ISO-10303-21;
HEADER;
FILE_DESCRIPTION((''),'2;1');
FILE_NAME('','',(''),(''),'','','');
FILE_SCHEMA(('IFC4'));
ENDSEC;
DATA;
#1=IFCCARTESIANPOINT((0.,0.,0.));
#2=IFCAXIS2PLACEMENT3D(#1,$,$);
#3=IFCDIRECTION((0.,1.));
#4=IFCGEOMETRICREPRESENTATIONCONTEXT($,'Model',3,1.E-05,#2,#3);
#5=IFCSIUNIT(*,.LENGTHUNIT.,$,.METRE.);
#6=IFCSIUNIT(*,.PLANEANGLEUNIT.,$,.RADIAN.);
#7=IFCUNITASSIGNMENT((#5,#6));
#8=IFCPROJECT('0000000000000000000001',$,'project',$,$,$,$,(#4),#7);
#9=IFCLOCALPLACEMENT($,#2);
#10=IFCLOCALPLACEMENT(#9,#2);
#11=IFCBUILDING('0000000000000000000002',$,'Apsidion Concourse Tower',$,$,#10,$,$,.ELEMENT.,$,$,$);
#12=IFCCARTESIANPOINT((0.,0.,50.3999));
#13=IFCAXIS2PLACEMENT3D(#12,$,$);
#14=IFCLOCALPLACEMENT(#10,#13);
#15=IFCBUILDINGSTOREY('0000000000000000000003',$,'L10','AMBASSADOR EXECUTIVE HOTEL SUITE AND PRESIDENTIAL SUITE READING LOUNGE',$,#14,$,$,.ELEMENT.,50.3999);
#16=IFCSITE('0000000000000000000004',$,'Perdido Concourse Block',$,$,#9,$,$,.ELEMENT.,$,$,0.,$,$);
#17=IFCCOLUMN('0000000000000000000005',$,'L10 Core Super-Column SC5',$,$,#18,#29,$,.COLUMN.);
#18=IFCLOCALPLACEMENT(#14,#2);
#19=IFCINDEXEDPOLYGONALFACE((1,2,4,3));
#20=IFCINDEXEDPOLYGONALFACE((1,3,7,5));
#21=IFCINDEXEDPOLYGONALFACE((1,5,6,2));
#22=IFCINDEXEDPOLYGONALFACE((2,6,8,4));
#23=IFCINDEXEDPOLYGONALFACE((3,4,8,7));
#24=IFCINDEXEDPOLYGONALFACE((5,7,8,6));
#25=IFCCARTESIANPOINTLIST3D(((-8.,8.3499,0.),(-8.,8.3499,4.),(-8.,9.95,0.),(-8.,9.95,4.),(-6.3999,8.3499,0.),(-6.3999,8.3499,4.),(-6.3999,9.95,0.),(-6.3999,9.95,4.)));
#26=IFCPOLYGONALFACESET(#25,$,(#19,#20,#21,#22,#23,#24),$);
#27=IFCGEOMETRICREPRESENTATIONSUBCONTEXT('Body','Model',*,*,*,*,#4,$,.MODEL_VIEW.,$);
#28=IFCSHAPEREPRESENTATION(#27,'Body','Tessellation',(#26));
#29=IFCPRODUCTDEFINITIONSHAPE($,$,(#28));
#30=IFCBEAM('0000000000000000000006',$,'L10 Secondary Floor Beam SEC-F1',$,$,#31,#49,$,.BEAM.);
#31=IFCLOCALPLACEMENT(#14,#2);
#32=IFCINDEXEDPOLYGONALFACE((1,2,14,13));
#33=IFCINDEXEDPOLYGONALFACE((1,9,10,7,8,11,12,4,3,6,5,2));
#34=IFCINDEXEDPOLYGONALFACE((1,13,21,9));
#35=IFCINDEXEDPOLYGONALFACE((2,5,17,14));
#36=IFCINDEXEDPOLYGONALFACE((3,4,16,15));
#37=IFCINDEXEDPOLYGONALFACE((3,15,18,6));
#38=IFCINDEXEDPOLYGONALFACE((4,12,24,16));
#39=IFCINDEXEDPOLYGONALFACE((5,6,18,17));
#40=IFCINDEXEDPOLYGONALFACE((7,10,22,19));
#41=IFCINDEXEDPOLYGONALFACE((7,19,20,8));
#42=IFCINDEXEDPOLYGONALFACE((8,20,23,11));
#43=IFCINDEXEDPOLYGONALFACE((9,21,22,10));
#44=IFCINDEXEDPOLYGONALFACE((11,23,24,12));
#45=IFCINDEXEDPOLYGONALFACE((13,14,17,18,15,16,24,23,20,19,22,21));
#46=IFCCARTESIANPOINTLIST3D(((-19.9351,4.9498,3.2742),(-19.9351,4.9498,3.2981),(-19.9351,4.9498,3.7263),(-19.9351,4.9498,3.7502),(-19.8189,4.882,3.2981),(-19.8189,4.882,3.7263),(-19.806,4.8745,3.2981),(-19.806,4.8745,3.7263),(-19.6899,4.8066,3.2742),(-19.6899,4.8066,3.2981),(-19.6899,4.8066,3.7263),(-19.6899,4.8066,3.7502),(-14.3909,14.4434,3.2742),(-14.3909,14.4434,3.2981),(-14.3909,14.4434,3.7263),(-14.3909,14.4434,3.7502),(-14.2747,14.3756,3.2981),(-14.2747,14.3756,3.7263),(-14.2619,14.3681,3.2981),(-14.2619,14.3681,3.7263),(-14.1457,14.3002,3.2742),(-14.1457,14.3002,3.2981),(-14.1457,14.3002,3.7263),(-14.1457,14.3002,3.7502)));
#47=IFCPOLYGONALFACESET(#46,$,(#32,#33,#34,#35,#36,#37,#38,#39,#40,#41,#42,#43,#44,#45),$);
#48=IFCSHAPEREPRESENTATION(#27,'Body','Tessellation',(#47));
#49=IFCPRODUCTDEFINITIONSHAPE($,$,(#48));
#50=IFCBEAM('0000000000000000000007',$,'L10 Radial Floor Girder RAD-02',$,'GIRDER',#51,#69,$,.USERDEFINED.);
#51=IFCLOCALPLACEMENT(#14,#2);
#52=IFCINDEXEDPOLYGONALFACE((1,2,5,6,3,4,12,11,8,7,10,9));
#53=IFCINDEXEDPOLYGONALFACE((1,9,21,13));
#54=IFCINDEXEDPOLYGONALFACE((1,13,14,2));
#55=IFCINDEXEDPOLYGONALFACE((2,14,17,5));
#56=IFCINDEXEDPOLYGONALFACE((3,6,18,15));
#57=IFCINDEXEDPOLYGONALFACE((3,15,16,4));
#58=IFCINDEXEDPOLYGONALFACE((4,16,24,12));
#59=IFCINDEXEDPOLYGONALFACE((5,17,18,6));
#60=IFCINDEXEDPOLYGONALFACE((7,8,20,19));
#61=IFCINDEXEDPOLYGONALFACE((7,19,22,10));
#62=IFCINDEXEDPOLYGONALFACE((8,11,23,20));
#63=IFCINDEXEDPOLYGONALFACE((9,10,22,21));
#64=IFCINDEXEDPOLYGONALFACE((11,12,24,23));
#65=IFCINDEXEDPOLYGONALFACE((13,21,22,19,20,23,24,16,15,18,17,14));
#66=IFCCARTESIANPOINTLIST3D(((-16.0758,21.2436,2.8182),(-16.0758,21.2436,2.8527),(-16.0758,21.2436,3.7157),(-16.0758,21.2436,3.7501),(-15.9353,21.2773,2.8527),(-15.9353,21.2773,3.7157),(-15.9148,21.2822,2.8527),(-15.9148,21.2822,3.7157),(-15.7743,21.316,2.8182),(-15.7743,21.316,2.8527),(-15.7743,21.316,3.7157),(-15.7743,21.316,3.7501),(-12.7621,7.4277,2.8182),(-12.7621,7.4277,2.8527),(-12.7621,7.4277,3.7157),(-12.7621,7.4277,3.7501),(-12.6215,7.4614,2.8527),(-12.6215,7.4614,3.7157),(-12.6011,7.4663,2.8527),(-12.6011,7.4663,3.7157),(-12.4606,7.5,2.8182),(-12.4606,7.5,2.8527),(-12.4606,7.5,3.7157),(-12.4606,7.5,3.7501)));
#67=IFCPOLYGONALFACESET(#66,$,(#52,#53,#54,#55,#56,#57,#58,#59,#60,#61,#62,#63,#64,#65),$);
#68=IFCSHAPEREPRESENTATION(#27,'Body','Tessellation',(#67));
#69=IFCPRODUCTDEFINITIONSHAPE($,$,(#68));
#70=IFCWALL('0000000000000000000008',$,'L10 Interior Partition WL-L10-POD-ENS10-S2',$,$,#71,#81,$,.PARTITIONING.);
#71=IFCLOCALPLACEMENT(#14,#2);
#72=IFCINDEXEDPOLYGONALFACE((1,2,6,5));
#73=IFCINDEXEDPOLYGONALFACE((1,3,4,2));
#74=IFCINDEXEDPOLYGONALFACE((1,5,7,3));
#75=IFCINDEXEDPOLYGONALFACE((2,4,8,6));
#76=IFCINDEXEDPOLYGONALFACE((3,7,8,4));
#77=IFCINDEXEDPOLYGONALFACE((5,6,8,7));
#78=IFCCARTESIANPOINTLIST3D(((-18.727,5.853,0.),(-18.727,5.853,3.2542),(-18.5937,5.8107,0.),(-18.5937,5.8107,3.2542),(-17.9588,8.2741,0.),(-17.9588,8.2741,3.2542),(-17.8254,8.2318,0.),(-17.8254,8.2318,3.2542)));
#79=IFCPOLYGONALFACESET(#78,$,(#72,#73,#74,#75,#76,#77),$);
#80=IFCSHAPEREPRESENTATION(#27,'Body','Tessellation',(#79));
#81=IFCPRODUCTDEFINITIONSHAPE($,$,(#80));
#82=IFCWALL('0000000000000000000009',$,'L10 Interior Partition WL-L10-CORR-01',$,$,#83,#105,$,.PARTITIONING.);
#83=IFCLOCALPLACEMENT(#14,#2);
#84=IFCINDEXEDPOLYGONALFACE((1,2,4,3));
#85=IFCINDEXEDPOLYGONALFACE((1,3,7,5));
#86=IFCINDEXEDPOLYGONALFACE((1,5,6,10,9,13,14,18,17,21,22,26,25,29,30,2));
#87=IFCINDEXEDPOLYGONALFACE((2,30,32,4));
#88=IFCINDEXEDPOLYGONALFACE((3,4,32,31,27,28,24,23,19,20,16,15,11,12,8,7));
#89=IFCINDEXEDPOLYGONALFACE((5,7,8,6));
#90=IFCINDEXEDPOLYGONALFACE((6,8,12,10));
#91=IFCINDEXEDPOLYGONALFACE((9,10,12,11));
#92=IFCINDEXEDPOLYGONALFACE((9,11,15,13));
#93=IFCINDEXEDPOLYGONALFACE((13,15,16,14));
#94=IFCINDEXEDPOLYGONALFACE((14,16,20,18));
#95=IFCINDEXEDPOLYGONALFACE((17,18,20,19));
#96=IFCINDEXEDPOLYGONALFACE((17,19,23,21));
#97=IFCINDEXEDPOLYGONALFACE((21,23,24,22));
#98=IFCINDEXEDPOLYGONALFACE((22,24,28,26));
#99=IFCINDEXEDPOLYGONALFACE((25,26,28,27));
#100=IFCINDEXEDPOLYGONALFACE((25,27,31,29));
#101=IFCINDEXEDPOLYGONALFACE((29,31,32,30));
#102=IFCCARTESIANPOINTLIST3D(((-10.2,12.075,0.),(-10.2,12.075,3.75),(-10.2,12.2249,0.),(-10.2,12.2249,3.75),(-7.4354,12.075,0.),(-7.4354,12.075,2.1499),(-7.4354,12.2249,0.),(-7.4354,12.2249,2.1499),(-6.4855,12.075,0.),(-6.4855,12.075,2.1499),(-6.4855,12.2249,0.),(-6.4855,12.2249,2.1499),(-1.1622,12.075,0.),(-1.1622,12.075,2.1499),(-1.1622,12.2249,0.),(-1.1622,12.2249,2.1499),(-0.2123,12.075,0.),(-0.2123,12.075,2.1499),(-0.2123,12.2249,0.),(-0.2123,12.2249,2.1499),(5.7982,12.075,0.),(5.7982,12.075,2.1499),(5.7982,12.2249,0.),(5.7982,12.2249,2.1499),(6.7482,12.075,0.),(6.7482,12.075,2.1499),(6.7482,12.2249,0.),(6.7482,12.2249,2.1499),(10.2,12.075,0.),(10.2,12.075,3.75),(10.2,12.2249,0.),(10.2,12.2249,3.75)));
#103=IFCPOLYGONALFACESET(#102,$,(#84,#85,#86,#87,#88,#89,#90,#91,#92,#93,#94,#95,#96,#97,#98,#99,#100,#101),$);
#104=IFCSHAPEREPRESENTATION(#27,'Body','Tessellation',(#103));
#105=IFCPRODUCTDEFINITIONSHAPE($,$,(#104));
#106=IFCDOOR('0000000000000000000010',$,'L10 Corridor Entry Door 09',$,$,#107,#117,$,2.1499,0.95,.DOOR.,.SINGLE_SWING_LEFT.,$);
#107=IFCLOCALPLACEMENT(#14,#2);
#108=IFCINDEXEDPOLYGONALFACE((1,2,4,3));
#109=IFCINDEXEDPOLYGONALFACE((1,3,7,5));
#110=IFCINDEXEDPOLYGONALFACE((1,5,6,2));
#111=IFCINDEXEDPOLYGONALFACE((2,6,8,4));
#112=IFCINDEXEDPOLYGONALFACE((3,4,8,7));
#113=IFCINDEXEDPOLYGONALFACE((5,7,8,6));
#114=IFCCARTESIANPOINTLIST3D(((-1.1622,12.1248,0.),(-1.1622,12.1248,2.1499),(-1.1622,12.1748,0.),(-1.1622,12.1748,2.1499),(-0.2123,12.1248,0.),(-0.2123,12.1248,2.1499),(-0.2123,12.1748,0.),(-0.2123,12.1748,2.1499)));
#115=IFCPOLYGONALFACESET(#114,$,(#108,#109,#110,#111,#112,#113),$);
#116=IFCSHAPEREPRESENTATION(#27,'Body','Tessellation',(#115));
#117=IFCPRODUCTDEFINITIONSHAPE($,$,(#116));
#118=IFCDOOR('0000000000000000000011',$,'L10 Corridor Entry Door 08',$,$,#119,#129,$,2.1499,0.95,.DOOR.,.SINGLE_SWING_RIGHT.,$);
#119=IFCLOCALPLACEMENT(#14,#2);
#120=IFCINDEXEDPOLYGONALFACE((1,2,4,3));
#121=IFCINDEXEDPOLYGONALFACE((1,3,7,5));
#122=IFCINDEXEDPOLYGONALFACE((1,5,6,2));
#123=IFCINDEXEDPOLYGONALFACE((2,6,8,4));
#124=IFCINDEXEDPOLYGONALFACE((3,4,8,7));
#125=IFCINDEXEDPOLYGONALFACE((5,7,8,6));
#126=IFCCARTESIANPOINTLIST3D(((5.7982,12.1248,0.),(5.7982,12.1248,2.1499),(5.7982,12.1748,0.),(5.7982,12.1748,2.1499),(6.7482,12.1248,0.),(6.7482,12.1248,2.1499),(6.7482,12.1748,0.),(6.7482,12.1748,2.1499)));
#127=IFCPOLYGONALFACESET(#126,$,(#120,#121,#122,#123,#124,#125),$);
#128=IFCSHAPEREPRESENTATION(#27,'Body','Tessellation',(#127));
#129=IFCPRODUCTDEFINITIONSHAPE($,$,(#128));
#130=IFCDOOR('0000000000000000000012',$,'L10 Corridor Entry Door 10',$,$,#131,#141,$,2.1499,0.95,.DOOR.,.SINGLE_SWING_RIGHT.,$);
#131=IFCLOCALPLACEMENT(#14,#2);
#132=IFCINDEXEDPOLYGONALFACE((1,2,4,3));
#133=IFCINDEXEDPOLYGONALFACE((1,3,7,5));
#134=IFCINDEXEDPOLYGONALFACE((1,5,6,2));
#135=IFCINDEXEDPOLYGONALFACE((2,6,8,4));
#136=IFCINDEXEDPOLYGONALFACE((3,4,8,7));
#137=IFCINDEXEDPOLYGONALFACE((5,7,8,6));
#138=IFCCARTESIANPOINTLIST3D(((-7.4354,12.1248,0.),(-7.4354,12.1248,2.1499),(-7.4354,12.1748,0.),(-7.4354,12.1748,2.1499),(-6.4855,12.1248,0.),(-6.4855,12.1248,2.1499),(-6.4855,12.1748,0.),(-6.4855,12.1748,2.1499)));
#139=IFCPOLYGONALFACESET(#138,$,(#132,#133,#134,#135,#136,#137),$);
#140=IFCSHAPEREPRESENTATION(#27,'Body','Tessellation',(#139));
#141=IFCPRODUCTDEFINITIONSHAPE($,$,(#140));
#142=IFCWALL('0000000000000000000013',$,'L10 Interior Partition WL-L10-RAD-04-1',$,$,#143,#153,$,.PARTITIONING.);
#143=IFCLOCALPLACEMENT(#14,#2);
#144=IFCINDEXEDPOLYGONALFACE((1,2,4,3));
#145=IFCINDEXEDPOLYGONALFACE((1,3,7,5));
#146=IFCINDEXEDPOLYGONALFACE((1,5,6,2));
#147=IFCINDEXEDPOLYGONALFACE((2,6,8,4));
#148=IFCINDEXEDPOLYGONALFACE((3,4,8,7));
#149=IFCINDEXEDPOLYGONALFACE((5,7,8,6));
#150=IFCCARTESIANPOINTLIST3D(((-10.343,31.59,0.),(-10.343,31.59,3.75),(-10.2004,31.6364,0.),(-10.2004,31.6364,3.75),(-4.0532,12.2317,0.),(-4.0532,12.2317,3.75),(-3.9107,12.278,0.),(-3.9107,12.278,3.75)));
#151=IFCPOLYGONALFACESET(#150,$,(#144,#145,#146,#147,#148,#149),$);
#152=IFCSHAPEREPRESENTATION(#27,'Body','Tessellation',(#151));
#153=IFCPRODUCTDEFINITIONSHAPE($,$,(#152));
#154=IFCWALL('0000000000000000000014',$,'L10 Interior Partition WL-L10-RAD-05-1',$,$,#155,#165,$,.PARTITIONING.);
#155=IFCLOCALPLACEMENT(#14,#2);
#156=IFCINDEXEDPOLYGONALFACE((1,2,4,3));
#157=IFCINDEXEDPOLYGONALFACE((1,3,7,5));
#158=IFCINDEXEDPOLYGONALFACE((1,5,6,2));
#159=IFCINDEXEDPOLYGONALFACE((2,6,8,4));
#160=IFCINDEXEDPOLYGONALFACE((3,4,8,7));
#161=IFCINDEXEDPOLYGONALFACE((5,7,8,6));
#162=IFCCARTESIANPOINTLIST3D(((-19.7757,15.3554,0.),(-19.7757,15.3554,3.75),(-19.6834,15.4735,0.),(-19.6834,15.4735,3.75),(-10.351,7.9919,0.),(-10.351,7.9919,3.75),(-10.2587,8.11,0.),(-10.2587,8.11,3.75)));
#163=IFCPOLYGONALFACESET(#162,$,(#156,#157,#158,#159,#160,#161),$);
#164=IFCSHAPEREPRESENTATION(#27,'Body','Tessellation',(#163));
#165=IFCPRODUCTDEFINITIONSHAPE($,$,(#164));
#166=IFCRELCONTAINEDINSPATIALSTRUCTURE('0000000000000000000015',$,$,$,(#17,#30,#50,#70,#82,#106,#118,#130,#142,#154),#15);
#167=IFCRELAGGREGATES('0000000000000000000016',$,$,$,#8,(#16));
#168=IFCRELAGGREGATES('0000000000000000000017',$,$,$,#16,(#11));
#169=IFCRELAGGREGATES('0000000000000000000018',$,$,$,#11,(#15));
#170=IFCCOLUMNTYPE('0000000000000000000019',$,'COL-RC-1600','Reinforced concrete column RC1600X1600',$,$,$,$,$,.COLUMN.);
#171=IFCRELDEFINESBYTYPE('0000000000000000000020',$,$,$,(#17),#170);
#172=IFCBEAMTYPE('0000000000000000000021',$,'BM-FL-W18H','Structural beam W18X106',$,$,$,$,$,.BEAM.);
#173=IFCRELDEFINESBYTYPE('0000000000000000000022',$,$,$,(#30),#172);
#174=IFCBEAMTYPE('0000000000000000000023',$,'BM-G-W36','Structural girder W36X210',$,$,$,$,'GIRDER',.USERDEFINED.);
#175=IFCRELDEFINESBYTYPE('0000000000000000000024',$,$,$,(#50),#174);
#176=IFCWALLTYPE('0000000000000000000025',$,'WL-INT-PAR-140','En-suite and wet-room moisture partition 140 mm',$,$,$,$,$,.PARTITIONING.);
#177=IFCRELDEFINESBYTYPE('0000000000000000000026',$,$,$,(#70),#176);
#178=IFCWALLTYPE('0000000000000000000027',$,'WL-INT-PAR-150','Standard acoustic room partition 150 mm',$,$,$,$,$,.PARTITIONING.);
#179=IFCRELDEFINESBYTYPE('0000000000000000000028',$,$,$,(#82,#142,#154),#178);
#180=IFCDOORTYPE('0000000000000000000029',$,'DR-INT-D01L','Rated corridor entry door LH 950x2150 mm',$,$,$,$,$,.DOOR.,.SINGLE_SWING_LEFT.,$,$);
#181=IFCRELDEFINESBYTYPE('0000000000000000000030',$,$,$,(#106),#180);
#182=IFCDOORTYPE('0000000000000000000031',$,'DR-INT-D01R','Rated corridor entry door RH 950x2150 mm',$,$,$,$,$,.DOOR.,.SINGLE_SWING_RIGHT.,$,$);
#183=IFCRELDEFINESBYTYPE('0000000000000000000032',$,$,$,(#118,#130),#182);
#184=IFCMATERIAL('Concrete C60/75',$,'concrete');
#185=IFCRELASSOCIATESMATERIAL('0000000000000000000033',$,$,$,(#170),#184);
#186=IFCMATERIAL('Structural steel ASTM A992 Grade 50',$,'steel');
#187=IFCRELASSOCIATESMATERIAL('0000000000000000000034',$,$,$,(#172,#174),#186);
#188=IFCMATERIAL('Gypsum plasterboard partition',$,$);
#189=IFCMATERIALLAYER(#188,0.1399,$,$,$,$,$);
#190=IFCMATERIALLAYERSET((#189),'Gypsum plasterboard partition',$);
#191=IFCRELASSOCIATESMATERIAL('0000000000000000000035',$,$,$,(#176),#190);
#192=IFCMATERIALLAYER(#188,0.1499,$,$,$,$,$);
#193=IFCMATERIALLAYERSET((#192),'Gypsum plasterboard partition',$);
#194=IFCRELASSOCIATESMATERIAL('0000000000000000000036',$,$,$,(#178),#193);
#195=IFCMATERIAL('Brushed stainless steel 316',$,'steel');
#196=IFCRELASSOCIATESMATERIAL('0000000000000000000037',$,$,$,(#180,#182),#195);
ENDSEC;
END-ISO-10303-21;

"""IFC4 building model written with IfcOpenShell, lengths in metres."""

from ifc_helpers import new_model, si_unit, direction, frame, frame_2d, origin, origin_2d, place, context, subcontext, project, spatial, rectangle, i_section, extrude, material, layer, layer_set, material_profile, profile_set, type_object, element, fill, save


model = new_model("IFC4")

# Units and contexts
model_context = context("Model", 3, precision=1e-05, world=origin(), true_north=direction((0.0, 1.0)))
body_context = subcontext(model_context, "Body", "Model", "MODEL_VIEW")
ifc_project = project(units=[si_unit("LENGTHUNIT", "METRE"), si_unit("PLANEANGLEUNIT", "RADIAN")], contexts=[model_context])

# Site, building, storey
site_placement = place(None, origin())
site = spatial("IfcSite", under=ifc_project, at=site_placement, Name="Perdido Concourse Block", CompositionType="ELEMENT", RefElevation=0.0)
building_placement = place(site_placement, origin())
building = spatial("IfcBuilding", under=site, at=building_placement, Name="Apsidion Concourse Tower", CompositionType="ELEMENT")
storey_placement = place(building_placement, frame((0.0, 0.0, 50.3999)))
storey = spatial("IfcBuildingStorey", under=building, at=storey_placement, Name="L10", Description="AMBASSADOR EXECUTIVE HOTEL SUITE AND PRESIDENTIAL SUITE READING LOUNGE", CompositionType="ELEMENT", Elevation=50.3999)

# Column
ifc_material_1 = material(Name="Concrete C60/75", Category="concrete")
ifc_material_profile_1 = material_profile(ifc_material_1, rectangle(XDim=1.6001, YDim=1.6001, at=origin_2d()), Name="RC 1600x1600")
ifc_profile_set_1 = profile_set([ifc_material_profile_1], Name="Concrete C60/75")
column_type = type_object("IfcColumnType", Name="COL-RC-1600", Description="Reinforced concrete column RC1600X1600", PredefinedType="COLUMN", material=ifc_profile_set_1)
column_placement = place(storey_placement, frame((-7.2, 9.1499, 0.0), z_axis=(0.0, 0.0, 1.0), x_axis=(1.0, 0.0, 0.0)))
element("IfcColumn", 1, at=column_placement, inside=storey, type_object=column_type, Name="L10 Core Super-Column SC5", PredefinedType="COLUMN", context=body_context, shape_type="SweptSolid", body=[
    extrude(rectangle(XDim=1.6001, YDim=1.6001, at=origin_2d()), origin(), (0.0, 0.0, 1.0), 4.0),
])

# Beams
ifc_material_2 = material(Name="Structural steel ASTM A992 Grade 50", Category="steel")
ifc_material_profile_2 = material_profile(ifc_material_2, i_section(OverallWidth=0.2839, OverallDepth=0.4761, WebThickness=0.0149, FlangeThickness=0.0239, at=origin_2d()), Name="W18X106")
ifc_profile_set_2 = profile_set([ifc_material_profile_2], Name="Structural steel ASTM A992 Grade 50")
beam_type_1 = type_object("IfcBeamType", Name="BM-FL-W18H", Description="Structural beam W18X106", PredefinedType="BEAM", material=ifc_profile_set_2)
beam_1_placement = place(storey_placement, frame((-14.2683, 14.3718, 3.5122), z_axis=(-0.504293, -0.863532, 0.0), x_axis=(0.863532, -0.504293, 0.0)))
element("IfcBeam", 2, at=beam_1_placement, inside=storey, type_object=beam_type_1, Name="L10 Secondary Floor Beam SEC-F1", PredefinedType="BEAM", context=body_context, shape_type="SweptSolid", body=[
    extrude(i_section(OverallWidth=0.2839, OverallDepth=0.4761, WebThickness=0.0149, FlangeThickness=0.0239, at=origin_2d()), origin(), (0.0, 0.0, 1.0), 10.9939),
])
ifc_material_profile_3 = material_profile(ifc_material_2, i_section(OverallWidth=0.3101, OverallDepth=0.9319, WebThickness=0.021, FlangeThickness=0.0344, at=origin_2d()), Name="W36X210")
ifc_profile_set_3 = profile_set([ifc_material_profile_3], Name="Structural steel ASTM A992 Grade 50")
beam_type_2 = type_object("IfcBeamType", Name="BM-G-W36", Description="Structural girder W36X210", ElementType="GIRDER", PredefinedType="USERDEFINED", material=ifc_profile_set_3)
beam_2_placement = place(storey_placement, frame((-12.6113, 7.4639, 3.2842), z_axis=(-0.233233, 0.972421, 0.0), x_axis=(-0.972421, -0.233233, 0.0)))
element("IfcBeam", 3, at=beam_2_placement, inside=storey, type_object=beam_type_2, Name="L10 Radial Floor Girder RAD-02", ObjectType="GIRDER", PredefinedType="USERDEFINED", context=body_context, shape_type="SweptSolid", body=[
    extrude(i_section(OverallWidth=0.3101, OverallDepth=0.9319, WebThickness=0.021, FlangeThickness=0.0344, at=origin_2d()), origin(), (0.0, 0.0, 1.0), 14.2078),
])

# Wall
ifc_material_3 = material(Name="Gypsum plasterboard partition")
ifc_layer_1 = layer(ifc_material_3, 0.1399)
ifc_layer_set_1 = layer_set([ifc_layer_1], Name="Gypsum plasterboard partition")
wall_type_1 = type_object("IfcWallType", Name="WL-INT-PAR-140", Description="En-suite and wet-room moisture partition 140 mm", PredefinedType="PARTITIONING", material=ifc_layer_set_1)
wall_1_placement = place(storey_placement, frame((-17.8921, 8.2529, 0.0), z_axis=(0.0, 0.0, 1.0), x_axis=(-0.30247, -0.953159, 0.0)))
element("IfcWall", 4, at=wall_1_placement, inside=storey, type_object=wall_type_1, Name="L10 Interior Partition WL-L10-POD-ENS10-S2", PredefinedType="PARTITIONING", context=body_context, shape_type="SweptSolid", body=[
    extrude(rectangle(XDim=2.54, YDim=0.1399, at=frame_2d((1.27, 0.0))), origin(), (0.0, 0.0, 1.0), 3.2542),
])

# Wall, openings, doors
ifc_layer_2 = layer(ifc_material_3, 0.1499)
ifc_layer_set_2 = layer_set([ifc_layer_2], Name="Gypsum plasterboard partition")
wall_type_2 = type_object("IfcWallType", Name="WL-INT-PAR-150", Description="Standard acoustic room partition 150 mm", PredefinedType="PARTITIONING", material=ifc_layer_set_2)
wall_2_placement = place(storey_placement, frame((-10.2, 12.1499, 0.0), z_axis=(0.0, 0.0, 1.0), x_axis=(1.0, 0.0, 0.0)))
wall_2 = element("IfcWall", 5, at=wall_2_placement, inside=storey, type_object=wall_type_2, Name="L10 Interior Partition WL-L10-CORR-01", PredefinedType="PARTITIONING", context=body_context, shape_type="SweptSolid", body=[
    extrude(rectangle(XDim=20.3999, YDim=0.1499, at=frame_2d((10.2, 0.0))), origin(), (0.0, 0.0, 1.0), 3.75),
])
opening_1_placement = place(wall_2_placement, frame((15.998, 0.0, 0.0)))
opening_1 = element("IfcOpeningElement", 6, at=opening_1_placement, cuts=wall_2, PredefinedType="OPENING", context=body_context, shape_type="SweptSolid", body=[
    extrude(rectangle(XDim=0.95, YDim=2.1499, at=frame_2d((0.4751, 1.075))), frame((0.0, 0.085, 0.0), z_axis=(0.0, -1.0, 0.0), x_axis=(1.0, 0.0, 0.0)), (0.0, 0.0, 1.0), 0.1699),
])
opening_2_placement = place(wall_2_placement, frame((9.0376, 0.0, 0.0)))
opening_2 = element("IfcOpeningElement", 7, at=opening_2_placement, cuts=wall_2, PredefinedType="OPENING", context=body_context, shape_type="SweptSolid", body=[
    extrude(rectangle(XDim=0.95, YDim=2.1499, at=frame_2d((0.4751, 1.075))), frame((0.0, 0.085, 0.0), z_axis=(0.0, -1.0, 0.0), x_axis=(1.0, 0.0, 0.0)), (0.0, 0.0, 1.0), 0.1699),
])
opening_3_placement = place(wall_2_placement, frame((2.7644, 0.0, 0.0)))
opening_3 = element("IfcOpeningElement", 8, at=opening_3_placement, cuts=wall_2, PredefinedType="OPENING", context=body_context, shape_type="SweptSolid", body=[
    extrude(rectangle(XDim=0.95, YDim=2.1499, at=frame_2d((0.4751, 1.075))), frame((0.0, 0.085, 0.0), z_axis=(0.0, -1.0, 0.0), x_axis=(1.0, 0.0, 0.0)), (0.0, 0.0, 1.0), 0.1699),
])
ifc_material_4 = material(Name="Brushed stainless steel 316", Category="steel")
door_type_1 = type_object("IfcDoorType", Name="DR-INT-D01L", Description="Rated corridor entry door LH 950x2150 mm", OperationType="SINGLE_SWING_LEFT", PredefinedType="DOOR", material=ifc_material_4)
door_1_placement = place(opening_2_placement, origin())
door_1 = element("IfcDoor", 9, at=door_1_placement, inside=storey, type_object=door_type_1, Name="L10 Corridor Entry Door 09", OperationType="SINGLE_SWING_LEFT", OverallHeight=2.1499, OverallWidth=0.95, PredefinedType="DOOR", context=body_context, shape_type="SweptSolid", body=[
    extrude(rectangle(XDim=0.95, YDim=2.1499, at=frame_2d((0.4751, 1.075))), frame((0.0, 0.0249, 0.0), z_axis=(0.0, -1.0, 0.0), x_axis=(1.0, 0.0, 0.0)), (0.0, 0.0, 1.0), 0.05),
])
fill(opening_2, door_1)
door_type_2 = type_object("IfcDoorType", Name="DR-INT-D01R", Description="Rated corridor entry door RH 950x2150 mm", OperationType="SINGLE_SWING_RIGHT", PredefinedType="DOOR", material=ifc_material_4)
door_2_placement = place(opening_1_placement, origin())
door_2 = element("IfcDoor", 10, at=door_2_placement, inside=storey, type_object=door_type_2, Name="L10 Corridor Entry Door 08", OperationType="SINGLE_SWING_RIGHT", OverallHeight=2.1499, OverallWidth=0.95, PredefinedType="DOOR", context=body_context, shape_type="SweptSolid", body=[
    extrude(rectangle(XDim=0.95, YDim=2.1499, at=frame_2d((0.4751, 1.075))), frame((0.0, 0.0249, 0.0), z_axis=(0.0, -1.0, 0.0), x_axis=(1.0, 0.0, 0.0)), (0.0, 0.0, 1.0), 0.05),
])
fill(opening_1, door_2)
door_3_placement = place(opening_3_placement, origin())
door_3 = element("IfcDoor", 11, at=door_3_placement, inside=storey, type_object=door_type_2, Name="L10 Corridor Entry Door 10", OperationType="SINGLE_SWING_RIGHT", OverallHeight=2.1499, OverallWidth=0.95, PredefinedType="DOOR", context=body_context, shape_type="SweptSolid", body=[
    extrude(rectangle(XDim=0.95, YDim=2.1499, at=frame_2d((0.4751, 1.075))), frame((0.0, 0.0249, 0.0), z_axis=(0.0, -1.0, 0.0), x_axis=(1.0, 0.0, 0.0)), (0.0, 0.0, 1.0), 0.05),
])
fill(opening_3, door_3)

# Walls
wall_3_placement = place(storey_placement, frame((-3.9819, 12.2549, 0.0), z_axis=(0.0, 0.0, 1.0), x_axis=(-0.309011, 0.951058, 0.0)))
element("IfcWall", 12, at=wall_3_placement, inside=storey, type_object=wall_type_2, Name="L10 Interior Partition WL-L10-RAD-04-1", PredefinedType="PARTITIONING", context=body_context, shape_type="SweptSolid", body=[
    extrude(rectangle(XDim=20.3545, YDim=0.1499, at=frame_2d((10.1772, 0.0))), origin(), (0.0, 0.0, 1.0), 3.75),
])
wall_4_placement = place(storey_placement, frame((-10.3049, 8.051, 0.0), z_axis=(0.0, 0.0, 1.0), x_axis=(-0.788008, 0.615665, 0.0)))
element("IfcWall", 13, at=wall_4_placement, inside=storey, type_object=wall_type_2, Name="L10 Interior Partition WL-L10-RAD-05-1", PredefinedType="PARTITIONING", context=body_context, shape_type="SweptSolid", body=[
    extrude(rectangle(XDim=11.9602, YDim=0.1499, at=frame_2d((5.98, 0.0))), origin(), (0.0, 0.0, 1.0), 3.75),
])

save(model, "model.ifc")
